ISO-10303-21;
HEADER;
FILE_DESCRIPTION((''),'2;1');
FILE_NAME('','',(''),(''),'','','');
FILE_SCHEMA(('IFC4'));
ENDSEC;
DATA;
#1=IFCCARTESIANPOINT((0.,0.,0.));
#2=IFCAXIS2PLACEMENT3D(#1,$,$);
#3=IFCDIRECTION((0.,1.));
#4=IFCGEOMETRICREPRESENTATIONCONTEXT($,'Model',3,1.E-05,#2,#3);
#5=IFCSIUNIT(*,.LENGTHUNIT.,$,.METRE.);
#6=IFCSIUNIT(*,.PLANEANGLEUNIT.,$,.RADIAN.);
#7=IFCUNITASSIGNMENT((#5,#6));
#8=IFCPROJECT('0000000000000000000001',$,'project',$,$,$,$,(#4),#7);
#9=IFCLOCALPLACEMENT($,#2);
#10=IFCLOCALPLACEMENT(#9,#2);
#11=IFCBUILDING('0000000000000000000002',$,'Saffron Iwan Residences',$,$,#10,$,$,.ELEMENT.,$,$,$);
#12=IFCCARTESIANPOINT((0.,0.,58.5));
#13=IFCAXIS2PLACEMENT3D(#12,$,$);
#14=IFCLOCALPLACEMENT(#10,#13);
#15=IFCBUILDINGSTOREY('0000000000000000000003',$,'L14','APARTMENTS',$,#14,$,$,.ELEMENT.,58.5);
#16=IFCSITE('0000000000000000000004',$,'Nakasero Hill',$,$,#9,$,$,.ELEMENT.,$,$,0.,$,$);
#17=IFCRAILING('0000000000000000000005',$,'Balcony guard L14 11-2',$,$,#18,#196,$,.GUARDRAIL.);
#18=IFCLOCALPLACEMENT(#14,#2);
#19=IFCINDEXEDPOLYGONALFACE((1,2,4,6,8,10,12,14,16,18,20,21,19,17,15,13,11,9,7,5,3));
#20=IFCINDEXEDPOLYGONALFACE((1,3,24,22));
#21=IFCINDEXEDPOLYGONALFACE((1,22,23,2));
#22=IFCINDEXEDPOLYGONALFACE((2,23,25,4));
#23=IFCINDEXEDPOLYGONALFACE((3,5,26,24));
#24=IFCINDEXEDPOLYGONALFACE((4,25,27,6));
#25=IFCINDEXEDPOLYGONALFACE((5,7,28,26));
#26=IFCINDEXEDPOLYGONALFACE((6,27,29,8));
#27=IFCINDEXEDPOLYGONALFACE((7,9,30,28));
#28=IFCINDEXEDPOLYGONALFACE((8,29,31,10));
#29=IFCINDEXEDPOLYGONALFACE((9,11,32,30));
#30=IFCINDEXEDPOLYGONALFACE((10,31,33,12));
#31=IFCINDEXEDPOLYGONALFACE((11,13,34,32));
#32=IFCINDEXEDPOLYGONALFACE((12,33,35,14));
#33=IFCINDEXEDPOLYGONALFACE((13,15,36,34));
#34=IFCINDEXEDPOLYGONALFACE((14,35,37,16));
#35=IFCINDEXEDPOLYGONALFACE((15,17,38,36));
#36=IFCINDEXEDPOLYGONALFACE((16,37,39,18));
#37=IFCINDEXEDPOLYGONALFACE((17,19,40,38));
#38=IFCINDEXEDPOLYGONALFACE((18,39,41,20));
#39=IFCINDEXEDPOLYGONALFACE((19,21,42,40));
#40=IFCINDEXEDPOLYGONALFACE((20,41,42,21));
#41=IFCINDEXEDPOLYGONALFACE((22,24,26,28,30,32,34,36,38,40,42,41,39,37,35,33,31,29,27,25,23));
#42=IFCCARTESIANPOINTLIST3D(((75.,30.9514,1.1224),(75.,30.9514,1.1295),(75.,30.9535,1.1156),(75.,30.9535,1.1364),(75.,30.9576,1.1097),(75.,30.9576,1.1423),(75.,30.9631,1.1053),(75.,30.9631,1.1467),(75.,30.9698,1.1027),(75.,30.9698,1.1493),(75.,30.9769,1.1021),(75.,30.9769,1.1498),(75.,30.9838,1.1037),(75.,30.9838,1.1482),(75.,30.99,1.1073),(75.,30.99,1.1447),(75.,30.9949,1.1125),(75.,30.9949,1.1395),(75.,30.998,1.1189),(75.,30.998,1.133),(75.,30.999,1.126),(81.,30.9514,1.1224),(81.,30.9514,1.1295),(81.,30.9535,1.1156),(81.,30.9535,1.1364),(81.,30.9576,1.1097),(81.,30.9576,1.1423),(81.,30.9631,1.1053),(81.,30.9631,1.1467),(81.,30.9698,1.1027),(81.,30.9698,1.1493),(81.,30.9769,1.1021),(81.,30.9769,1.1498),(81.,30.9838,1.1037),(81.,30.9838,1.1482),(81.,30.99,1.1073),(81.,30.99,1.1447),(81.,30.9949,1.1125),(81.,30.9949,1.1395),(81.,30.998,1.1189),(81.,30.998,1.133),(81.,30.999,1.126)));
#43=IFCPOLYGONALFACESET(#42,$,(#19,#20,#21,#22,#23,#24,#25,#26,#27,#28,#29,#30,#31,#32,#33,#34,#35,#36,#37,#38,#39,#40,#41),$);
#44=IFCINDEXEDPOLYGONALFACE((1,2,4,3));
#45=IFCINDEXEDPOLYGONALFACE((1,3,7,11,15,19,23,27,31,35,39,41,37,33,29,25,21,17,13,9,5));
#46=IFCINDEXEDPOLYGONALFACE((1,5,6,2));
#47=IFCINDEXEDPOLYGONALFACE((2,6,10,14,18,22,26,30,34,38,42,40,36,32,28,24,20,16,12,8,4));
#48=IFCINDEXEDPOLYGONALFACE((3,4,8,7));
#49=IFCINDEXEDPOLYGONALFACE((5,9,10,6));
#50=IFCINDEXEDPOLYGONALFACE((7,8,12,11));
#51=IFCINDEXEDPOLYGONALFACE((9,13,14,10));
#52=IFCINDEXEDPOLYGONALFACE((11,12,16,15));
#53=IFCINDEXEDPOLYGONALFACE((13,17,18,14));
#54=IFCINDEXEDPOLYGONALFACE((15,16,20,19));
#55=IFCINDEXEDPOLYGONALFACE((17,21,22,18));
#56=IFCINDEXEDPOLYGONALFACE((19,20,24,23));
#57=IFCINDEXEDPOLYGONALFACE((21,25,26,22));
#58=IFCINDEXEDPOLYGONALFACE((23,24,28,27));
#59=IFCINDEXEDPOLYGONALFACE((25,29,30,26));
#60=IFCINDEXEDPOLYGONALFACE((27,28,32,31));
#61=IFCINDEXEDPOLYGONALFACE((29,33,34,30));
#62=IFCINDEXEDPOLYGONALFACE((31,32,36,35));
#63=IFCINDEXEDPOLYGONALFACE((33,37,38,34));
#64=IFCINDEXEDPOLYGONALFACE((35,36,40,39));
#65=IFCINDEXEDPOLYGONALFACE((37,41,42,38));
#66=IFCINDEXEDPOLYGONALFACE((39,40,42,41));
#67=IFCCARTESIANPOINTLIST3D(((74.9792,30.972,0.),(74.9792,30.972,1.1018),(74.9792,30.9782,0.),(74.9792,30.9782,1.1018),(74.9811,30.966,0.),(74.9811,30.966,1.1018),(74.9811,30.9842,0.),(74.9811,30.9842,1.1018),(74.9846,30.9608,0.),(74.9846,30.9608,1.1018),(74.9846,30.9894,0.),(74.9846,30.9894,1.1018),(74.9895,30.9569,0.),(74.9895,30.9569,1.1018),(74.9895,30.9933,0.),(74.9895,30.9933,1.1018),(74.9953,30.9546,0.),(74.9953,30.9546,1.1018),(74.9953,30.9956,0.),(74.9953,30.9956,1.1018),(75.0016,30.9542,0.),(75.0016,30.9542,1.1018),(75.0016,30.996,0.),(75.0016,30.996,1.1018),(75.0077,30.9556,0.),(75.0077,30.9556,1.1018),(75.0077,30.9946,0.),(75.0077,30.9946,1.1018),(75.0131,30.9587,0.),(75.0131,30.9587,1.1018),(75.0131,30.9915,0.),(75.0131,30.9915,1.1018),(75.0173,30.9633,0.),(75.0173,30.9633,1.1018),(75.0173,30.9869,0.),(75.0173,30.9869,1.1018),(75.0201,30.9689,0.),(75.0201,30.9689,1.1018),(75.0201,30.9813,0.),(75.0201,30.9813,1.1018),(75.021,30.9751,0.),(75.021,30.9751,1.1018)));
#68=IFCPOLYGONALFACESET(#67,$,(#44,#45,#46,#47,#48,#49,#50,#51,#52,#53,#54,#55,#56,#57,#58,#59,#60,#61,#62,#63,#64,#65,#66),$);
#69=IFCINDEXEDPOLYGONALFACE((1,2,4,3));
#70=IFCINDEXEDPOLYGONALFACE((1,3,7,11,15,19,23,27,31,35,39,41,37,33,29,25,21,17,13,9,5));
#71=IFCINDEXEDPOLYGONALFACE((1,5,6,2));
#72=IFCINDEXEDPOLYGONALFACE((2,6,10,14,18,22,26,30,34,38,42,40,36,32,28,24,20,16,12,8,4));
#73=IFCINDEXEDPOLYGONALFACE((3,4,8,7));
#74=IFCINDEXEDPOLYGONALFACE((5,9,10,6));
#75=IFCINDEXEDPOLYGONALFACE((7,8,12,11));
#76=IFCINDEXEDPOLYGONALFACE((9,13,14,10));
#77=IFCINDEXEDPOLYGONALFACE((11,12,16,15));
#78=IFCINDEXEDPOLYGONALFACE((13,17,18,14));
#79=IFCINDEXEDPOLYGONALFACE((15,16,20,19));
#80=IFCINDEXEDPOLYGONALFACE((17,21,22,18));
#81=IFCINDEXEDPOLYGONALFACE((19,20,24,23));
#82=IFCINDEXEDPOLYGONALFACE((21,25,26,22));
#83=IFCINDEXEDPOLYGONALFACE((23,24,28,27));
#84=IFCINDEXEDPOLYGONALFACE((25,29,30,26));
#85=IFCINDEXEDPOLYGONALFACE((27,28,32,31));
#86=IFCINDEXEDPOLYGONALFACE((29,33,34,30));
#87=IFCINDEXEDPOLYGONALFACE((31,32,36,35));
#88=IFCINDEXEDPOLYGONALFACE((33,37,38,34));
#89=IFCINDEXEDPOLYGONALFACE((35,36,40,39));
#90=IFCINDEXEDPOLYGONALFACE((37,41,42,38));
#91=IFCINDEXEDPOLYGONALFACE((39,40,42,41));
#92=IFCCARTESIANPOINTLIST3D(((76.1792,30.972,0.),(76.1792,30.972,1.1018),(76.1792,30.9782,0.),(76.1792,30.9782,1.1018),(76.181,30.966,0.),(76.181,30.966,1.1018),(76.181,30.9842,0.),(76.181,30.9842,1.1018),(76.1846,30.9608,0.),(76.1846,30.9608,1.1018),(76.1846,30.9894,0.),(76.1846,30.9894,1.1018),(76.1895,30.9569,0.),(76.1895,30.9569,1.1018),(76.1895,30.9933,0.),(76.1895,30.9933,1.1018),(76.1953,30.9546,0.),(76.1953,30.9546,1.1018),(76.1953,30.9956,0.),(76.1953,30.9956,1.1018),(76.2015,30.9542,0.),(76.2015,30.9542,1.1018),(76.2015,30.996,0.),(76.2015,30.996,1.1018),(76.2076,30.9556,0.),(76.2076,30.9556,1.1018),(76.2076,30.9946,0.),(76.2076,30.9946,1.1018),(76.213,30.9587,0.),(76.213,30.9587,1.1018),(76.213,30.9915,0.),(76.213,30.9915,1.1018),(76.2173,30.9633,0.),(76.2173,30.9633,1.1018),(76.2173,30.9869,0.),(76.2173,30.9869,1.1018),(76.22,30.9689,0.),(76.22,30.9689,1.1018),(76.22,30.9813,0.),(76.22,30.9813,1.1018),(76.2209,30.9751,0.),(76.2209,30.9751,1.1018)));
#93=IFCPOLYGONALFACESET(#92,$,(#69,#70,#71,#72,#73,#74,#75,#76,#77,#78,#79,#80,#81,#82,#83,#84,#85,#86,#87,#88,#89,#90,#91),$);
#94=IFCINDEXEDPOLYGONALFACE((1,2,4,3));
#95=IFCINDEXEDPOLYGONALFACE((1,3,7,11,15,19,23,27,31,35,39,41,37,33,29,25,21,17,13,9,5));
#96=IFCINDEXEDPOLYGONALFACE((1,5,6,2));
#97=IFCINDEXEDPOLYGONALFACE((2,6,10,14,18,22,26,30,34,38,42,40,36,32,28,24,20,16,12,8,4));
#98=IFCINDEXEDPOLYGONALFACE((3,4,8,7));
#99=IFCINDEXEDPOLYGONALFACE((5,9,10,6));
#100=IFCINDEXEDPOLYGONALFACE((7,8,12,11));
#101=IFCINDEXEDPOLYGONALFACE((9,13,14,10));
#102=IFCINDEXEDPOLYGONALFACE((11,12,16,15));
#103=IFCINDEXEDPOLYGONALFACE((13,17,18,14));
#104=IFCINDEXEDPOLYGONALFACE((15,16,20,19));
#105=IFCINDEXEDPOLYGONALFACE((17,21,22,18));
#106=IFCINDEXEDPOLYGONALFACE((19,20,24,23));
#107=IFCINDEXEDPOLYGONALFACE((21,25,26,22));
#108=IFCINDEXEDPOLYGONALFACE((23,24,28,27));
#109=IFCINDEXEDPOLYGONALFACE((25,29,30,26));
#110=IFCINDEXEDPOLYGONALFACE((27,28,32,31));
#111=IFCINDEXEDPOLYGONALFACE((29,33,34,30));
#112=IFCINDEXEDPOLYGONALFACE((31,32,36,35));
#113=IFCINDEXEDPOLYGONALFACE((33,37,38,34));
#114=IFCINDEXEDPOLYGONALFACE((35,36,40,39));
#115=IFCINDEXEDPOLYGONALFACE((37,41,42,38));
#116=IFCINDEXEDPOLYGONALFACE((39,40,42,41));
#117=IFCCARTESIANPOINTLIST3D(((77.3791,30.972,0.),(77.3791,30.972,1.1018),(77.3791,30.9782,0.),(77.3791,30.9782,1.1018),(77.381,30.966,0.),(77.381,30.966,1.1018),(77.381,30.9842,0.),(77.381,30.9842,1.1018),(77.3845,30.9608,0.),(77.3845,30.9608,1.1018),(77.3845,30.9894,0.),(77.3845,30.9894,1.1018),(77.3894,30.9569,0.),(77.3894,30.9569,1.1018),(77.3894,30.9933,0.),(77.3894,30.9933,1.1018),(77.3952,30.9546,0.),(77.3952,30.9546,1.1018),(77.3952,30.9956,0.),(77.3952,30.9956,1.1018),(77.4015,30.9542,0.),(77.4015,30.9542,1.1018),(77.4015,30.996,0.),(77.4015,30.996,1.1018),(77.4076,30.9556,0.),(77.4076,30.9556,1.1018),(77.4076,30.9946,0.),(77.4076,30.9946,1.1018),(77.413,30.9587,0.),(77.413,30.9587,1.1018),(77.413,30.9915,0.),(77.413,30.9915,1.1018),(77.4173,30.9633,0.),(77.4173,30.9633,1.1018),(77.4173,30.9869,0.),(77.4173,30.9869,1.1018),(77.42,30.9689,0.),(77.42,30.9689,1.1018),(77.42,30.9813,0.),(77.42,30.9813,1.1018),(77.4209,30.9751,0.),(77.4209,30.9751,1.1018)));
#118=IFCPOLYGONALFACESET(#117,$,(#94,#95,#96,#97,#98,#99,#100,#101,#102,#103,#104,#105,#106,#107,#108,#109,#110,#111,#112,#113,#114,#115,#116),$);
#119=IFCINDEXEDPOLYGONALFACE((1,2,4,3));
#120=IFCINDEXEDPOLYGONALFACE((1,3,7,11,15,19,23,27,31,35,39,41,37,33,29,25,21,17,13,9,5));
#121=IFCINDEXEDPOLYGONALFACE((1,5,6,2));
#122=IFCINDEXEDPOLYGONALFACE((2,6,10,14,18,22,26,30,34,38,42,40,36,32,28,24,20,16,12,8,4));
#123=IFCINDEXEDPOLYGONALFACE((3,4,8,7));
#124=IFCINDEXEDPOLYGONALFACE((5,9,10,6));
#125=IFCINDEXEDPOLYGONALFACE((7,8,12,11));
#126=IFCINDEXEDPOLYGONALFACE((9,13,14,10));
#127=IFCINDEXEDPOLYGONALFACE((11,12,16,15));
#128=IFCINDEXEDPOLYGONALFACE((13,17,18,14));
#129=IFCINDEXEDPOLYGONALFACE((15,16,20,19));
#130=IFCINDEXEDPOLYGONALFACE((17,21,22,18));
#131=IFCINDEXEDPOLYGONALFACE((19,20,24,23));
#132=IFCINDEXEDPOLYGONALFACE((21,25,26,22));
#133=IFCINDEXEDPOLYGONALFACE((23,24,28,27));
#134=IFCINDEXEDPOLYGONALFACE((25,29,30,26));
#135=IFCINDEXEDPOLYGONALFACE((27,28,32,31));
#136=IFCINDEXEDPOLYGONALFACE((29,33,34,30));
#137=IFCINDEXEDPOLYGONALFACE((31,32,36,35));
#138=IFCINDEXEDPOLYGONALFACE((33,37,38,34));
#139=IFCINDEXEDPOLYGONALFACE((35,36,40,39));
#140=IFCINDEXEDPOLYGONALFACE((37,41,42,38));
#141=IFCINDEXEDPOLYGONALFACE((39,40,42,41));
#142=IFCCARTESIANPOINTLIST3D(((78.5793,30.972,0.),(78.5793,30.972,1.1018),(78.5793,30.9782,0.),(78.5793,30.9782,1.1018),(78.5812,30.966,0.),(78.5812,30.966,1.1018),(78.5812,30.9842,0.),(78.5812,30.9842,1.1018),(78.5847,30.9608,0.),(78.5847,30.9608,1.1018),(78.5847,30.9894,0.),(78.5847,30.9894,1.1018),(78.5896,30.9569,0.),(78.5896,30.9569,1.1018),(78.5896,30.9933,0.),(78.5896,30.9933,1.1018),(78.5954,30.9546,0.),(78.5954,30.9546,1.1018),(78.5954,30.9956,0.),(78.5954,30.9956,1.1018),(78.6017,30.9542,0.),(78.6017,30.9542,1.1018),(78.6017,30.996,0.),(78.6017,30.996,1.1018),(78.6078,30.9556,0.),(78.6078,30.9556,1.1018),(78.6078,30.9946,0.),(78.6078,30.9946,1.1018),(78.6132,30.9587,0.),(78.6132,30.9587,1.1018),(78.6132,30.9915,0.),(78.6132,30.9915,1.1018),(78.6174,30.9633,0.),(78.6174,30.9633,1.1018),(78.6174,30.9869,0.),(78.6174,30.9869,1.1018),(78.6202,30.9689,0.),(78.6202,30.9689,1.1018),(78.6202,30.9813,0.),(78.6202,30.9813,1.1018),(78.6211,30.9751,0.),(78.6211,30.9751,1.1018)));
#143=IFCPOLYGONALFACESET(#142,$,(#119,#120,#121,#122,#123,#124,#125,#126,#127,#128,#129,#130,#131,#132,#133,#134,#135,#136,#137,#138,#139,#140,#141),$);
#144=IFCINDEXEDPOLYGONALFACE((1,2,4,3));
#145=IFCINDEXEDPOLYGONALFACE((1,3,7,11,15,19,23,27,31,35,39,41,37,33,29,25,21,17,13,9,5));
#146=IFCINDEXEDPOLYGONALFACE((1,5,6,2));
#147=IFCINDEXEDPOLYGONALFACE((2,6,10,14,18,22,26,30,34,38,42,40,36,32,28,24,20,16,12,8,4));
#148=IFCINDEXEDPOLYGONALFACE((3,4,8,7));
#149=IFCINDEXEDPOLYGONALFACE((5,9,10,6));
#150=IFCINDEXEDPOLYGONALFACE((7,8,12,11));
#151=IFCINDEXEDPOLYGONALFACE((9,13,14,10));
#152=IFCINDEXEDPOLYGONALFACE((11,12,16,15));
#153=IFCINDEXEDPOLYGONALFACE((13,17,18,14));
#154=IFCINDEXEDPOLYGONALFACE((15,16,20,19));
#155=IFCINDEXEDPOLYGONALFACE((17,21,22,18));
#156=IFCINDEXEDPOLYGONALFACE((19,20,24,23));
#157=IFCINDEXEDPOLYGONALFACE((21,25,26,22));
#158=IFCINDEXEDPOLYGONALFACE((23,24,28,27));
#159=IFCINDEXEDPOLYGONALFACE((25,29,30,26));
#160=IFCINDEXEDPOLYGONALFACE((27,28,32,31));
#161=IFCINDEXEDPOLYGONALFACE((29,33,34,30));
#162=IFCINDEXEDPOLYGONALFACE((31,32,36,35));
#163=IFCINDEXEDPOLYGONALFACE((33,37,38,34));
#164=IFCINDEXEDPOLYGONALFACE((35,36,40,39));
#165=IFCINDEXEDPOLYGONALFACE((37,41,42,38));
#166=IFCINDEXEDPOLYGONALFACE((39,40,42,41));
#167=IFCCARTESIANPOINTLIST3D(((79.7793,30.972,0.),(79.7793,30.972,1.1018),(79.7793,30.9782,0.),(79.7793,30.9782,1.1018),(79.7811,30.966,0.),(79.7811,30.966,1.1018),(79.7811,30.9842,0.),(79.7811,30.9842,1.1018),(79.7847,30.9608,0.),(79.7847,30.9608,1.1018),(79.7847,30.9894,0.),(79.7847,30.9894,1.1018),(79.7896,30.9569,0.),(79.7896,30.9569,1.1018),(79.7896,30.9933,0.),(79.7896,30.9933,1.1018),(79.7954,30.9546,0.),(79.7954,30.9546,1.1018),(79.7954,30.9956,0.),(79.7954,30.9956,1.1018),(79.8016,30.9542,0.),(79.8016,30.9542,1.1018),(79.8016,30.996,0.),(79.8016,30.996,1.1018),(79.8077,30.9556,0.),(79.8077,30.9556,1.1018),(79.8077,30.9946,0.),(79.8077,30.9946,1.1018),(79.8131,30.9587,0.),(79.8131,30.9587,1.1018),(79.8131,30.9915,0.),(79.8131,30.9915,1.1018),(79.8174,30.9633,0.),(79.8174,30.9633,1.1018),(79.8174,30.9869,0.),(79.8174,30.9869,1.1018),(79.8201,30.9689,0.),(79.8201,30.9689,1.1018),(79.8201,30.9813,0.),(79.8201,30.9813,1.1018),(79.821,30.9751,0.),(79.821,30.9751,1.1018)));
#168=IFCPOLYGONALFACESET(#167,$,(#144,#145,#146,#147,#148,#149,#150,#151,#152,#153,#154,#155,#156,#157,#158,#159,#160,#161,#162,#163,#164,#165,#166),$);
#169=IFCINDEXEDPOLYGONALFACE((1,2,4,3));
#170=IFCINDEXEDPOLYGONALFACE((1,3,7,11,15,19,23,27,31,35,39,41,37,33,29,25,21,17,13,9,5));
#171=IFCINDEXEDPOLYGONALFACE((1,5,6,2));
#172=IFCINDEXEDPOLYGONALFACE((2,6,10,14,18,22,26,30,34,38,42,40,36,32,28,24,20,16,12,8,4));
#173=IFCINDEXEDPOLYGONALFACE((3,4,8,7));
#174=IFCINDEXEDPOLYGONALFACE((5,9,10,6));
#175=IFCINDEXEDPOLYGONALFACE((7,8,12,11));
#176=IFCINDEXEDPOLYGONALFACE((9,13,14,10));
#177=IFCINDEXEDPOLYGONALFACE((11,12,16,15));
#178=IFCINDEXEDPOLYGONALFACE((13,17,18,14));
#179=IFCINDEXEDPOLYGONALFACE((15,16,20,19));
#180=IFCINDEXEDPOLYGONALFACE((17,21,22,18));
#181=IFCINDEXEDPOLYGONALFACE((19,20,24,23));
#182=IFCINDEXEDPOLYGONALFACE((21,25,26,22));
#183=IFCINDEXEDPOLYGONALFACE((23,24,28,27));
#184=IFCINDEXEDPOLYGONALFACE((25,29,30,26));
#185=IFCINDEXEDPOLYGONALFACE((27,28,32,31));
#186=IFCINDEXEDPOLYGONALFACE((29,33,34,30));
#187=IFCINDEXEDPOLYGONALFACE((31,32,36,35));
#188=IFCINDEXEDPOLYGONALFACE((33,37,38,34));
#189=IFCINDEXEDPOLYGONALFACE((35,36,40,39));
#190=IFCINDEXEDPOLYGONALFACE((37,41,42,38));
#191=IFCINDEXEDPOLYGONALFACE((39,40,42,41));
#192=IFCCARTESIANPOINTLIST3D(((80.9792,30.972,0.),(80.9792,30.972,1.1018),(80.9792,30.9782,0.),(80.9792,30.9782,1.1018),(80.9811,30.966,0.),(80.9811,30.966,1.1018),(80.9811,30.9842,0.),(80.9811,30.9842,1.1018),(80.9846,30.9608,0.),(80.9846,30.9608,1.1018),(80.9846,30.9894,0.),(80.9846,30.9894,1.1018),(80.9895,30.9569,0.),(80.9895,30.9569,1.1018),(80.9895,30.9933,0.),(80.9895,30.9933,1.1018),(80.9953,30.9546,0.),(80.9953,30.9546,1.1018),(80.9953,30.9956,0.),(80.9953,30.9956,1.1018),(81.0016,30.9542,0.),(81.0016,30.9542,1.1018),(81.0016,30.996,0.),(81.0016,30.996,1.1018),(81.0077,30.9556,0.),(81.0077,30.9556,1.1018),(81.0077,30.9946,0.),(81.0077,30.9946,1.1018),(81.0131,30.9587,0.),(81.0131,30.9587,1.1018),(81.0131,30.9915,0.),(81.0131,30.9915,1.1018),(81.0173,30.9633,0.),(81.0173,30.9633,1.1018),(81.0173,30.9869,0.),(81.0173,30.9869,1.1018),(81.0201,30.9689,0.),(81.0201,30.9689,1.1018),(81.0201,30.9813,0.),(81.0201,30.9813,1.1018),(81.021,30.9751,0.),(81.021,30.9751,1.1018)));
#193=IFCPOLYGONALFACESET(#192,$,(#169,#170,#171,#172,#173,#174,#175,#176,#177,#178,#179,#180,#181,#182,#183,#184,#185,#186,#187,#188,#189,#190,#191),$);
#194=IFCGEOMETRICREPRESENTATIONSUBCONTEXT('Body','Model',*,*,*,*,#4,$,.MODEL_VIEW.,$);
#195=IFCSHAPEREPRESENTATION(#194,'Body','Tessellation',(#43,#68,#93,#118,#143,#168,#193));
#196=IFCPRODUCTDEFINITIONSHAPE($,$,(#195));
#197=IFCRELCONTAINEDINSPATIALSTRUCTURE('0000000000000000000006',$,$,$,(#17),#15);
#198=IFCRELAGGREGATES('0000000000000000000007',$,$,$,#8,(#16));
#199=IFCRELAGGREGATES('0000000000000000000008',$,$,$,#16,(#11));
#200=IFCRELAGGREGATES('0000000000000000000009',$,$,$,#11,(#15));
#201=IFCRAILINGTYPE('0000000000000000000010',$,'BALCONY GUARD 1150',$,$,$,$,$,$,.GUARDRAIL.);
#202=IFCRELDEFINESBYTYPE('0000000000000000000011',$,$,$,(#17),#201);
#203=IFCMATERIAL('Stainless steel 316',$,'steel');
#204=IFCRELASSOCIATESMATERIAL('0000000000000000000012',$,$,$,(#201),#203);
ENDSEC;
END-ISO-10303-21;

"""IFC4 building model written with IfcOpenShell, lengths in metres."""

from ifc_helpers import new_model, si_unit, direction, frame, origin, origin_2d, place, context, subcontext, project, spatial, circle, extrude, material, type_object, element, save


model = new_model("IFC4")

# Units and contexts
model_context = context("Model", 3, precision=1e-05, world=origin(), true_north=direction((0.0, 1.0)))
body_context = subcontext(model_context, "Body", "Model", "MODEL_VIEW")
ifc_project = project(units=[si_unit("LENGTHUNIT", "METRE"), si_unit("PLANEANGLEUNIT", "RADIAN")], contexts=[model_context])

# Site, building, storey
site_placement = place(None, origin())
site = spatial("IfcSite", under=ifc_project, at=site_placement, Name="Nakasero Hill", CompositionType="ELEMENT", RefElevation=0.0)
building_placement = place(site_placement, origin())
building = spatial("IfcBuilding", under=site, at=building_placement, Name="Saffron Iwan Residences", CompositionType="ELEMENT")
storey_placement = place(building_placement, frame((0.0, 0.0, 58.5)))
storey = spatial("IfcBuildingStorey", under=building, at=storey_placement, Name="L14", Description="APARTMENTS", CompositionType="ELEMENT", Elevation=58.5)

# Railing
ifc_material_1 = material(Name="Stainless steel 316", Category="steel")
railing_type = type_object("IfcRailingType", Name="BALCONY GUARD 1150", PredefinedType="GUARDRAIL", material=ifc_material_1)
railing_placement = place(storey_placement, frame((75.0, 30.9751, 0.0)))
element("IfcRailing", 1, at=railing_placement, inside=storey, type_object=railing_type, Name="Balcony guard L14 11-2", PredefinedType="GUARDRAIL", context=body_context, shape_type="SweptSolid", body=[
    extrude(circle(Radius=0.0239, at=origin_2d()), frame((0.0, 0.0, 1.126), z_axis=(1.0, 0.0, 0.0), x_axis=(0.0, 1.0, 0.0)), (0.0, 0.0, 1.0), 6.0),
    extrude(circle(Radius=0.021, at=origin_2d()), origin(), (0.0, 0.0, 1.0), 1.1018),
    extrude(circle(Radius=0.021, at=origin_2d()), frame((1.2, 0.0, 0.0)), (0.0, 0.0, 1.0), 1.1018),
    extrude(circle(Radius=0.021, at=origin_2d()), frame((2.3999, 0.0, 0.0)), (0.0, 0.0, 1.0), 1.1018),
    extrude(circle(Radius=0.021, at=origin_2d()), frame((3.6001, 0.0, 0.0)), (0.0, 0.0, 1.0), 1.1018),
    extrude(circle(Radius=0.021, at=origin_2d()), frame((4.8, 0.0, 0.0)), (0.0, 0.0, 1.0), 1.1018),
    extrude(circle(Radius=0.021, at=origin_2d()), frame((6.0, 0.0, 0.0)), (0.0, 0.0, 1.0), 1.1018),
])

save(model, "model.ifc")
